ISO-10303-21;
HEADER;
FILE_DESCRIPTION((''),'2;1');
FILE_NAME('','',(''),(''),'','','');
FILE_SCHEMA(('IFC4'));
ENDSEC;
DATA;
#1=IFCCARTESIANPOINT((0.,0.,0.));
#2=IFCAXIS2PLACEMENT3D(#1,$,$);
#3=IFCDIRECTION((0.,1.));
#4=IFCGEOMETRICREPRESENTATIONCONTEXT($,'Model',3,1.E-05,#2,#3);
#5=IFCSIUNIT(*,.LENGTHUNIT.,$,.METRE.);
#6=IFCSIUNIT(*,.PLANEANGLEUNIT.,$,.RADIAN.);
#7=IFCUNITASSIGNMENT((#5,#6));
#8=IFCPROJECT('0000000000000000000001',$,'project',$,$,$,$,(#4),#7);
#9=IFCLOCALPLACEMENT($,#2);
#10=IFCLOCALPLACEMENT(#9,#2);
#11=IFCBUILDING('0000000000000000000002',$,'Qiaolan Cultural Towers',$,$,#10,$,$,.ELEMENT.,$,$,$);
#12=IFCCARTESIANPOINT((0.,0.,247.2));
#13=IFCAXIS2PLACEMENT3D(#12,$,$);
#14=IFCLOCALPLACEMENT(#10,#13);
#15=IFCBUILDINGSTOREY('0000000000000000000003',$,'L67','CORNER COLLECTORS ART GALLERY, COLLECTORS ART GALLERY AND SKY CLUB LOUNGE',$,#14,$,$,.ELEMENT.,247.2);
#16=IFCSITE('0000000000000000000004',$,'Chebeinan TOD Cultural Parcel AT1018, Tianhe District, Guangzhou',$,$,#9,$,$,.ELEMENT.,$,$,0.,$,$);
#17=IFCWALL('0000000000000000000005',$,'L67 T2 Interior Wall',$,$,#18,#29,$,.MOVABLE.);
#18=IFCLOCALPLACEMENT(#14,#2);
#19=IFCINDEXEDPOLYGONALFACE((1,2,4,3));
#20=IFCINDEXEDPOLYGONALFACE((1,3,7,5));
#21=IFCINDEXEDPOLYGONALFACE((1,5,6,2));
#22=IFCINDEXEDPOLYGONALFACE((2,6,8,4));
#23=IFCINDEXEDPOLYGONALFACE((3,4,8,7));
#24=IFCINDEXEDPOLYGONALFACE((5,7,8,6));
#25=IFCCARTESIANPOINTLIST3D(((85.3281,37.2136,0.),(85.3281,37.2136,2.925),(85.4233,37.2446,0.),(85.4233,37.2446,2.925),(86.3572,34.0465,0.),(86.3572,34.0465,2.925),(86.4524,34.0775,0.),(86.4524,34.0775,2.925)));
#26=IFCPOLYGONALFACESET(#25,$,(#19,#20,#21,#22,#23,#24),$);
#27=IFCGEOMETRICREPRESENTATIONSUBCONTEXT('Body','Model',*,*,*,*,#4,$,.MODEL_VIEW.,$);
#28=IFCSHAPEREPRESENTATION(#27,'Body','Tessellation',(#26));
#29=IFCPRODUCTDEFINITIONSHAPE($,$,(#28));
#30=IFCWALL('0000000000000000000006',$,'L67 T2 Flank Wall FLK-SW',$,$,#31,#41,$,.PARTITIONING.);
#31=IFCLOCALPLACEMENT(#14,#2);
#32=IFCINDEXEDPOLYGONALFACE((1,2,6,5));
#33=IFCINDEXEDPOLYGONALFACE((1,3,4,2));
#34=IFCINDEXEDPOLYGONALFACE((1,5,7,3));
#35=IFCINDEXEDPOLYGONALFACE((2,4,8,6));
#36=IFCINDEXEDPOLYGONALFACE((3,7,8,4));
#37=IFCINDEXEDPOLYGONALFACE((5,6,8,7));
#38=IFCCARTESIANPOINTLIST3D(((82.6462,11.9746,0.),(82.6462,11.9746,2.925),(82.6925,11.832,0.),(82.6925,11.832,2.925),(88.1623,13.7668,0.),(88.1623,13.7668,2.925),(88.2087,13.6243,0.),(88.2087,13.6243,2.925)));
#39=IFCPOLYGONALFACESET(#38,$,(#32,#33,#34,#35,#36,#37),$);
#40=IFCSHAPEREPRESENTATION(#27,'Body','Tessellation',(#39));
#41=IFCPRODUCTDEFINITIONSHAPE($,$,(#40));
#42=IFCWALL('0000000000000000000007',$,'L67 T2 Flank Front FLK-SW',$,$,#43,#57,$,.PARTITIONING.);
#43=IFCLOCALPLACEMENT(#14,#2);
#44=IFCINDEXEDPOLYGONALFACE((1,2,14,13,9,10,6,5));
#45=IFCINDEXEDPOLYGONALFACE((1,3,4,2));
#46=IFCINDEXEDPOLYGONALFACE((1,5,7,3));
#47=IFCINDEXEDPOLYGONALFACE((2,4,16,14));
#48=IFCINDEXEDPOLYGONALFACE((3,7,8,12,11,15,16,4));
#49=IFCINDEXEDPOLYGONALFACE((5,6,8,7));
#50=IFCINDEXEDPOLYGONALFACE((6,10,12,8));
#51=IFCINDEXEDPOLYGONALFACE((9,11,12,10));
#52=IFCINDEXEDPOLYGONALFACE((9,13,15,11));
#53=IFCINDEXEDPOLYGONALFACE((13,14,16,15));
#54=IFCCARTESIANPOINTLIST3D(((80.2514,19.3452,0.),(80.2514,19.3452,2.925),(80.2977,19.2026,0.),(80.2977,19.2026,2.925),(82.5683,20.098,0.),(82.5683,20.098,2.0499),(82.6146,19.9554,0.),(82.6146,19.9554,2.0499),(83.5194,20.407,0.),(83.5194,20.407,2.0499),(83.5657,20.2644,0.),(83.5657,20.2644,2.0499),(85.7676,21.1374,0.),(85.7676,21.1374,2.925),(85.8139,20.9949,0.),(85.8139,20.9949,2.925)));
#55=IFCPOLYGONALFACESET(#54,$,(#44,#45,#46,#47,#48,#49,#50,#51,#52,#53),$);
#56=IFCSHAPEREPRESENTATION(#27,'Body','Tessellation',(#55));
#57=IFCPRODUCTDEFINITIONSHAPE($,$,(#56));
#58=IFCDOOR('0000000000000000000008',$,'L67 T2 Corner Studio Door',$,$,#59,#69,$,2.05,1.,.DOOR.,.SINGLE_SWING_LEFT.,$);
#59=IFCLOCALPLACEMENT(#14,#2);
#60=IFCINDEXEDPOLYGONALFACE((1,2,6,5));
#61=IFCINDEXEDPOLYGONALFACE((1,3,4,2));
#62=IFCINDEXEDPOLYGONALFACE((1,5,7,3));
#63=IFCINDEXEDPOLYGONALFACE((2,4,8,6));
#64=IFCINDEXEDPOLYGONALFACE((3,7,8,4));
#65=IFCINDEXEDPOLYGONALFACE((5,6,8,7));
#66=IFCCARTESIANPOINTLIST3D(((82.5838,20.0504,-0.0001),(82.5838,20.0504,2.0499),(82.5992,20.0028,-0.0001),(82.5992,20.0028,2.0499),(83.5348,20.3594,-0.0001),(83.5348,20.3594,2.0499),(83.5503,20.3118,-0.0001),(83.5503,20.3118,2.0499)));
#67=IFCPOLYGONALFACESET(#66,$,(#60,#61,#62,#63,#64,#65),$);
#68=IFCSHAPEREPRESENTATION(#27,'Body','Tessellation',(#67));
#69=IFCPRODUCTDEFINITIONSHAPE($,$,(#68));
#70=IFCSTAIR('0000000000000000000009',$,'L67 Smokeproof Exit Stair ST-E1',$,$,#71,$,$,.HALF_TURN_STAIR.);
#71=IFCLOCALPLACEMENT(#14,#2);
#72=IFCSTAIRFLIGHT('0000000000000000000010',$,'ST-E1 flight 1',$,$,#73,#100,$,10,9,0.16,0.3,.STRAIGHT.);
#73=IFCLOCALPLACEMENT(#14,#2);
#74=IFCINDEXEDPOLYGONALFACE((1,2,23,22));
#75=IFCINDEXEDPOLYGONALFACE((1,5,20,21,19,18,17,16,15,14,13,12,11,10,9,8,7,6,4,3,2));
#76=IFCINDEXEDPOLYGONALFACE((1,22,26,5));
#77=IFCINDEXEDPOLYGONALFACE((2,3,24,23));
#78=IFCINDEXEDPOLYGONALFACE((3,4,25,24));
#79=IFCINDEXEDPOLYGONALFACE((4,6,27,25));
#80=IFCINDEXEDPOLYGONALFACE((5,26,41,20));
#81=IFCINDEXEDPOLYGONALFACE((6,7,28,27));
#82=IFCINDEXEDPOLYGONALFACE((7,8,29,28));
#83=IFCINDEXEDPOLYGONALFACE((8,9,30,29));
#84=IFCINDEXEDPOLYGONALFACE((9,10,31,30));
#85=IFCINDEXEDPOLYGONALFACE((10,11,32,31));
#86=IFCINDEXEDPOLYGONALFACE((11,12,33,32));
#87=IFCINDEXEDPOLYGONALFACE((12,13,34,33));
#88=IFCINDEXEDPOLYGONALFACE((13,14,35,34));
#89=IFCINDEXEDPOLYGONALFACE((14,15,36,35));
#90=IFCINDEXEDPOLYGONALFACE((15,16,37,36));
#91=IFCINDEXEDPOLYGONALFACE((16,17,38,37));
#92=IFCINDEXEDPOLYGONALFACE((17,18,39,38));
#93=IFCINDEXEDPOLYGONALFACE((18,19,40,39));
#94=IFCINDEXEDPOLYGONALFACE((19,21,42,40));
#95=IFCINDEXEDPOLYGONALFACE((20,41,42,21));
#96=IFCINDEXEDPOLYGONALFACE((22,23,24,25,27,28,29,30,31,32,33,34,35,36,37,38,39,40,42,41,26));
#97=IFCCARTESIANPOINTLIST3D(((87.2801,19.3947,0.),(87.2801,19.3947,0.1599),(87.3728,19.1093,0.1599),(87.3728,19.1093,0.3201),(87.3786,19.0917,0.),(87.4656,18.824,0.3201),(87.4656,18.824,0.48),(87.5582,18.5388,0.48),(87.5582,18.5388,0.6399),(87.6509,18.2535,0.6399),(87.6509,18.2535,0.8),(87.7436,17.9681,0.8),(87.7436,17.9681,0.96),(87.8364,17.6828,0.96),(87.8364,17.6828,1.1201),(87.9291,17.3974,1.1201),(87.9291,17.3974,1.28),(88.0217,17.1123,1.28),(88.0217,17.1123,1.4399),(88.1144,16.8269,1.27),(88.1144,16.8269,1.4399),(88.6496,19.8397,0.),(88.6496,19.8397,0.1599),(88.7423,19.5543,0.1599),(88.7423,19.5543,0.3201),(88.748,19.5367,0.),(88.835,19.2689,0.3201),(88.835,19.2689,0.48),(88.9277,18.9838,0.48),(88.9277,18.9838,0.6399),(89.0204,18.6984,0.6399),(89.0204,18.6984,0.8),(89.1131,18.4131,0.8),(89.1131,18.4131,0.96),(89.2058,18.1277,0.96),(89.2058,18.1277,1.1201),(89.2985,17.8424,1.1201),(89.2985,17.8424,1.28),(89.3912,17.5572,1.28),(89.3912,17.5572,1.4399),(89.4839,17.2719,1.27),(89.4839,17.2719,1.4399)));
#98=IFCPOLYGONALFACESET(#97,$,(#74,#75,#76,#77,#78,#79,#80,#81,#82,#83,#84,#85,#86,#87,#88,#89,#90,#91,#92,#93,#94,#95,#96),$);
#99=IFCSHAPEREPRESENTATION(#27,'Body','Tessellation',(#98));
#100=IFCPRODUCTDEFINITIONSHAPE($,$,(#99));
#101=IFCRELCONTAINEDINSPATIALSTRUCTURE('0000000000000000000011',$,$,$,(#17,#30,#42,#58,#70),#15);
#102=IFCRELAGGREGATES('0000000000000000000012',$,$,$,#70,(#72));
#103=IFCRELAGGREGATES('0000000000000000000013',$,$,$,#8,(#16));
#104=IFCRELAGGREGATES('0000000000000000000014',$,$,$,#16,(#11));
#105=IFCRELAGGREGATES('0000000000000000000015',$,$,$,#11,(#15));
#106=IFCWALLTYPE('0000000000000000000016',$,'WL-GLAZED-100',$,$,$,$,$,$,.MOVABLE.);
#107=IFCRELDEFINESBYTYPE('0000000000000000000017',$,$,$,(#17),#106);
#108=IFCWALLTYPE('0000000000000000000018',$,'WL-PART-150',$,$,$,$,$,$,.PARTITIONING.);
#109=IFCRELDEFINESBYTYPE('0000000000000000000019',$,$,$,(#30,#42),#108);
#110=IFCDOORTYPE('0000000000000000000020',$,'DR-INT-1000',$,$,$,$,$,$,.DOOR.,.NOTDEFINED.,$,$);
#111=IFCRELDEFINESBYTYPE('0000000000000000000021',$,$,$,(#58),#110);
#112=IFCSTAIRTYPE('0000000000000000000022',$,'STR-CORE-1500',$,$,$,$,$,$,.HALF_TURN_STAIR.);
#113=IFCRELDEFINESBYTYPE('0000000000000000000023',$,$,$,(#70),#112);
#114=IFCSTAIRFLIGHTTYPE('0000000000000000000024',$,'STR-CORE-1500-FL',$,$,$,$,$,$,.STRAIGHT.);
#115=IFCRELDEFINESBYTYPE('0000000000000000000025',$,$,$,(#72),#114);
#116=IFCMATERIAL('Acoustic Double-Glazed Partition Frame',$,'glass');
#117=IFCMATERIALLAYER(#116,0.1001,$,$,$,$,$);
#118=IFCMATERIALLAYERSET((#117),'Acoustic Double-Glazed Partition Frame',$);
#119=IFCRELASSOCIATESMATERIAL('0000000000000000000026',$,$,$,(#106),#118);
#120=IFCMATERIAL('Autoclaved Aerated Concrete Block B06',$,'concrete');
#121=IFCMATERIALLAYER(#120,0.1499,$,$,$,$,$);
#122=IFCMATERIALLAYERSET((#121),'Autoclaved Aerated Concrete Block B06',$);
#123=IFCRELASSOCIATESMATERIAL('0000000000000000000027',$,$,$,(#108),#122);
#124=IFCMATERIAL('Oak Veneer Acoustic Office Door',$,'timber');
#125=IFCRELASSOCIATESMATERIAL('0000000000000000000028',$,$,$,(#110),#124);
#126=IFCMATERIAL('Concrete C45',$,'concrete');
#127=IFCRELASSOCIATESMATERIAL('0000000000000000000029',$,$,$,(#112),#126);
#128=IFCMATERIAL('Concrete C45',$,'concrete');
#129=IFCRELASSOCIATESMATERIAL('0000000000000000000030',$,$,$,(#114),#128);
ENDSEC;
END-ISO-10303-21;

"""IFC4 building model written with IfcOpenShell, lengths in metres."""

from ifc_helpers import new_model, si_unit, direction, frame, frame_2d, origin, place, context, subcontext, project, spatial, polyline, rectangle, outline, extrude, material, layer, layer_set, type_object, element, fill, aggregate, save


model = new_model("IFC4")

# Units and contexts
model_context = context("Model", 3, precision=1e-05, world=origin(), true_north=direction((0.0, 1.0)))
body_context = subcontext(model_context, "Body", "Model", "MODEL_VIEW")
ifc_project = project(units=[si_unit("LENGTHUNIT", "METRE"), si_unit("PLANEANGLEUNIT", "RADIAN")], contexts=[model_context])

# Site, building, storey
site_placement = place(None, origin())
site = spatial("IfcSite", under=ifc_project, at=site_placement, Name="Chebeinan TOD Cultural Parcel AT1018, Tianhe District, Guangzhou", CompositionType="ELEMENT", RefElevation=0.0)
building_placement = place(site_placement, origin())
building = spatial("IfcBuilding", under=site, at=building_placement, Name="Qiaolan Cultural Towers", CompositionType="ELEMENT")
storey_placement = place(building_placement, frame((0.0, 0.0, 247.2)))
storey = spatial("IfcBuildingStorey", under=building, at=storey_placement, Name="L67", Description="CORNER COLLECTORS ART GALLERY, COLLECTORS ART GALLERY AND SKY CLUB LOUNGE", CompositionType="ELEMENT", Elevation=247.2)

# Walls
ifc_material_1 = material(Name="Acoustic Double-Glazed Partition Frame", Category="glass")
ifc_layer_1 = layer(ifc_material_1, 0.1001)
ifc_layer_set_1 = layer_set([ifc_layer_1], Name="Acoustic Double-Glazed Partition Frame")
wall_type_1 = type_object("IfcWallType", Name="WL-GLAZED-100", PredefinedType="MOVABLE", material=ifc_layer_set_1)
wall_1_placement = place(storey_placement, frame((86.4048, 34.062, 0.0), z_axis=(0.0, 0.0, 1.0), x_axis=(-0.309026, 0.951053, 0.0)))
element("IfcWall", 1, at=wall_1_placement, inside=storey, type_object=wall_type_1, Name="L67 T2 Interior Wall", PredefinedType="MOVABLE", context=body_context, shape_type="SweptSolid", body=[
    extrude(rectangle(XDim=3.3301, YDim=0.1001, at=frame_2d((1.665, 0.0))), origin(), (0.0, 0.0, 1.0), 2.925),
])
ifc_material_2 = material(Name="Autoclaved Aerated Concrete Block B06", Category="concrete")
ifc_layer_2 = layer(ifc_material_2, 0.1499)
ifc_layer_set_2 = layer_set([ifc_layer_2], Name="Autoclaved Aerated Concrete Block B06")
wall_type_2 = type_object("IfcWallType", Name="WL-PART-150", PredefinedType="PARTITIONING", material=ifc_layer_set_2)
wall_2_placement = place(storey_placement, frame((82.6694, 11.9033, 0.0), z_axis=(0.0, 0.0, 1.0), x_axis=(0.951059, 0.309008, 0.0)))
element("IfcWall", 2, at=wall_2_placement, inside=storey, type_object=wall_type_2, Name="L67 T2 Flank Wall FLK-SW", PredefinedType="PARTITIONING", context=body_context, shape_type="SweptSolid", body=[
    extrude(rectangle(XDim=5.8, YDim=0.1499, at=frame_2d((2.8999, 0.0))), origin(), (0.0, 0.0, 1.0), 2.925),
])

# Wall, opening, door
wall_3_placement = place(storey_placement, frame((80.2747, 19.2739, 0.0), z_axis=(0.0, 0.0, 1.0), x_axis=(0.951059, 0.309008, 0.0)))
wall_3 = element("IfcWall", 3, at=wall_3_placement, inside=storey, type_object=wall_type_2, Name="L67 T2 Flank Front FLK-SW", PredefinedType="PARTITIONING", context=body_context, shape_type="SweptSolid", body=[
    extrude(rectangle(XDim=5.8, YDim=0.1499, at=frame_2d((2.8999, 0.0))), origin(), (0.0, 0.0, 1.0), 2.925),
])
opening_1_placement = place(wall_3_placement, frame((2.436, 0.0, 0.0)))
opening_1 = element("IfcOpeningElement", 4, at=opening_1_placement, cuts=wall_3, PredefinedType="OPENING", context=body_context, shape_type="SweptSolid", body=[
    extrude(rectangle(XDim=1.0, YDim=2.05, at=frame_2d((0.5, 1.0249))), frame((0.0, 0.085, 0.0), z_axis=(0.0, -1.0, 0.0), x_axis=(1.0, 0.0, 0.0)), (0.0, 0.0, 1.0), 0.1699),
])
ifc_material_3 = material(Name="Oak Veneer Acoustic Office Door", Category="timber")
door_type_1 = type_object("IfcDoorType", Name="DR-INT-1000", OperationType="NOTDEFINED", PredefinedType="DOOR", material=ifc_material_3)
door_1_placement = place(opening_1_placement, origin())
door_1 = element("IfcDoor", 5, at=door_1_placement, inside=storey, type_object=door_type_1, Name="L67 T2 Corner Studio Door", OperationType="SINGLE_SWING_LEFT", OverallHeight=2.05, OverallWidth=1.0, PredefinedType="DOOR", context=body_context, shape_type="SweptSolid", body=[
    extrude(rectangle(XDim=1.0, YDim=2.05, at=frame_2d((0.5, 1.0249))), frame((0.0, 0.0249, 0.0), z_axis=(0.0, -1.0, 0.0), x_axis=(1.0, 0.0, 0.0)), (0.0, 0.0, 1.0), 0.05),
])
fill(opening_1, door_1)

# Stair, stair flight
ifc_material_4 = material(Name="Concrete C45", Category="concrete")
stair_type = type_object("IfcStairType", Name="STR-CORE-1500", PredefinedType="HALF_TURN_STAIR", material=ifc_material_4)
stair_placement = place(storey_placement, origin())
stair = element("IfcStair", 6, at=stair_placement, inside=storey, type_object=stair_type, Name="L67 Smokeproof Exit Stair ST-E1", PredefinedType="HALF_TURN_STAIR")
ifc_material_5 = material(Name="Concrete C45", Category="concrete")
stair_flight_type = type_object("IfcStairFlightType", Name="STR-CORE-1500-FL", PredefinedType="STRAIGHT", material=ifc_material_5)
stair_flight_placement = place(storey_placement, frame((87.9648, 19.6172, 0.0), z_axis=(0.0, 0.0, 1.0), x_axis=(0.309017, -0.951057, 0.0)))
stair_flight = element("IfcStairFlight", 7, at=stair_flight_placement, type_object=stair_flight_type, Name="ST-E1 flight 1", NumberOfRisers=10, NumberOfTreads=9, PredefinedType="STRAIGHT", RiserHeight=0.16, TreadLength=0.3, context=body_context, shape_type="SweptSolid", body=[
    extrude(outline(polyline([(0.0, 0.0), (0.0, 0.1599), (0.3, 0.1599), (0.3, 0.3201), (0.6001, 0.3201), (0.6001, 0.48), (0.8999, 0.48), (0.8999, 0.6399), (1.2, 0.6399), (1.2, 0.8), (1.5, 0.8), (1.5, 0.96), (1.8, 0.96), (1.8, 1.1201), (2.1001, 1.1201), (2.1001, 1.28), (2.3999, 1.28), (2.3999, 1.4399), (2.7, 1.4399), (2.7, 1.6001), (2.7, 1.27), (0.3186, 0.0), (0.0, 0.0)])), frame((0.0, 0.72, 0.0), z_axis=(0.0, -1.0, 0.0), x_axis=(1.0, 0.0, 0.0)), (0.0, 0.0, 1.0), 1.4399),
])
aggregate(stair, [stair_flight])

save(model, "model.ifc")
